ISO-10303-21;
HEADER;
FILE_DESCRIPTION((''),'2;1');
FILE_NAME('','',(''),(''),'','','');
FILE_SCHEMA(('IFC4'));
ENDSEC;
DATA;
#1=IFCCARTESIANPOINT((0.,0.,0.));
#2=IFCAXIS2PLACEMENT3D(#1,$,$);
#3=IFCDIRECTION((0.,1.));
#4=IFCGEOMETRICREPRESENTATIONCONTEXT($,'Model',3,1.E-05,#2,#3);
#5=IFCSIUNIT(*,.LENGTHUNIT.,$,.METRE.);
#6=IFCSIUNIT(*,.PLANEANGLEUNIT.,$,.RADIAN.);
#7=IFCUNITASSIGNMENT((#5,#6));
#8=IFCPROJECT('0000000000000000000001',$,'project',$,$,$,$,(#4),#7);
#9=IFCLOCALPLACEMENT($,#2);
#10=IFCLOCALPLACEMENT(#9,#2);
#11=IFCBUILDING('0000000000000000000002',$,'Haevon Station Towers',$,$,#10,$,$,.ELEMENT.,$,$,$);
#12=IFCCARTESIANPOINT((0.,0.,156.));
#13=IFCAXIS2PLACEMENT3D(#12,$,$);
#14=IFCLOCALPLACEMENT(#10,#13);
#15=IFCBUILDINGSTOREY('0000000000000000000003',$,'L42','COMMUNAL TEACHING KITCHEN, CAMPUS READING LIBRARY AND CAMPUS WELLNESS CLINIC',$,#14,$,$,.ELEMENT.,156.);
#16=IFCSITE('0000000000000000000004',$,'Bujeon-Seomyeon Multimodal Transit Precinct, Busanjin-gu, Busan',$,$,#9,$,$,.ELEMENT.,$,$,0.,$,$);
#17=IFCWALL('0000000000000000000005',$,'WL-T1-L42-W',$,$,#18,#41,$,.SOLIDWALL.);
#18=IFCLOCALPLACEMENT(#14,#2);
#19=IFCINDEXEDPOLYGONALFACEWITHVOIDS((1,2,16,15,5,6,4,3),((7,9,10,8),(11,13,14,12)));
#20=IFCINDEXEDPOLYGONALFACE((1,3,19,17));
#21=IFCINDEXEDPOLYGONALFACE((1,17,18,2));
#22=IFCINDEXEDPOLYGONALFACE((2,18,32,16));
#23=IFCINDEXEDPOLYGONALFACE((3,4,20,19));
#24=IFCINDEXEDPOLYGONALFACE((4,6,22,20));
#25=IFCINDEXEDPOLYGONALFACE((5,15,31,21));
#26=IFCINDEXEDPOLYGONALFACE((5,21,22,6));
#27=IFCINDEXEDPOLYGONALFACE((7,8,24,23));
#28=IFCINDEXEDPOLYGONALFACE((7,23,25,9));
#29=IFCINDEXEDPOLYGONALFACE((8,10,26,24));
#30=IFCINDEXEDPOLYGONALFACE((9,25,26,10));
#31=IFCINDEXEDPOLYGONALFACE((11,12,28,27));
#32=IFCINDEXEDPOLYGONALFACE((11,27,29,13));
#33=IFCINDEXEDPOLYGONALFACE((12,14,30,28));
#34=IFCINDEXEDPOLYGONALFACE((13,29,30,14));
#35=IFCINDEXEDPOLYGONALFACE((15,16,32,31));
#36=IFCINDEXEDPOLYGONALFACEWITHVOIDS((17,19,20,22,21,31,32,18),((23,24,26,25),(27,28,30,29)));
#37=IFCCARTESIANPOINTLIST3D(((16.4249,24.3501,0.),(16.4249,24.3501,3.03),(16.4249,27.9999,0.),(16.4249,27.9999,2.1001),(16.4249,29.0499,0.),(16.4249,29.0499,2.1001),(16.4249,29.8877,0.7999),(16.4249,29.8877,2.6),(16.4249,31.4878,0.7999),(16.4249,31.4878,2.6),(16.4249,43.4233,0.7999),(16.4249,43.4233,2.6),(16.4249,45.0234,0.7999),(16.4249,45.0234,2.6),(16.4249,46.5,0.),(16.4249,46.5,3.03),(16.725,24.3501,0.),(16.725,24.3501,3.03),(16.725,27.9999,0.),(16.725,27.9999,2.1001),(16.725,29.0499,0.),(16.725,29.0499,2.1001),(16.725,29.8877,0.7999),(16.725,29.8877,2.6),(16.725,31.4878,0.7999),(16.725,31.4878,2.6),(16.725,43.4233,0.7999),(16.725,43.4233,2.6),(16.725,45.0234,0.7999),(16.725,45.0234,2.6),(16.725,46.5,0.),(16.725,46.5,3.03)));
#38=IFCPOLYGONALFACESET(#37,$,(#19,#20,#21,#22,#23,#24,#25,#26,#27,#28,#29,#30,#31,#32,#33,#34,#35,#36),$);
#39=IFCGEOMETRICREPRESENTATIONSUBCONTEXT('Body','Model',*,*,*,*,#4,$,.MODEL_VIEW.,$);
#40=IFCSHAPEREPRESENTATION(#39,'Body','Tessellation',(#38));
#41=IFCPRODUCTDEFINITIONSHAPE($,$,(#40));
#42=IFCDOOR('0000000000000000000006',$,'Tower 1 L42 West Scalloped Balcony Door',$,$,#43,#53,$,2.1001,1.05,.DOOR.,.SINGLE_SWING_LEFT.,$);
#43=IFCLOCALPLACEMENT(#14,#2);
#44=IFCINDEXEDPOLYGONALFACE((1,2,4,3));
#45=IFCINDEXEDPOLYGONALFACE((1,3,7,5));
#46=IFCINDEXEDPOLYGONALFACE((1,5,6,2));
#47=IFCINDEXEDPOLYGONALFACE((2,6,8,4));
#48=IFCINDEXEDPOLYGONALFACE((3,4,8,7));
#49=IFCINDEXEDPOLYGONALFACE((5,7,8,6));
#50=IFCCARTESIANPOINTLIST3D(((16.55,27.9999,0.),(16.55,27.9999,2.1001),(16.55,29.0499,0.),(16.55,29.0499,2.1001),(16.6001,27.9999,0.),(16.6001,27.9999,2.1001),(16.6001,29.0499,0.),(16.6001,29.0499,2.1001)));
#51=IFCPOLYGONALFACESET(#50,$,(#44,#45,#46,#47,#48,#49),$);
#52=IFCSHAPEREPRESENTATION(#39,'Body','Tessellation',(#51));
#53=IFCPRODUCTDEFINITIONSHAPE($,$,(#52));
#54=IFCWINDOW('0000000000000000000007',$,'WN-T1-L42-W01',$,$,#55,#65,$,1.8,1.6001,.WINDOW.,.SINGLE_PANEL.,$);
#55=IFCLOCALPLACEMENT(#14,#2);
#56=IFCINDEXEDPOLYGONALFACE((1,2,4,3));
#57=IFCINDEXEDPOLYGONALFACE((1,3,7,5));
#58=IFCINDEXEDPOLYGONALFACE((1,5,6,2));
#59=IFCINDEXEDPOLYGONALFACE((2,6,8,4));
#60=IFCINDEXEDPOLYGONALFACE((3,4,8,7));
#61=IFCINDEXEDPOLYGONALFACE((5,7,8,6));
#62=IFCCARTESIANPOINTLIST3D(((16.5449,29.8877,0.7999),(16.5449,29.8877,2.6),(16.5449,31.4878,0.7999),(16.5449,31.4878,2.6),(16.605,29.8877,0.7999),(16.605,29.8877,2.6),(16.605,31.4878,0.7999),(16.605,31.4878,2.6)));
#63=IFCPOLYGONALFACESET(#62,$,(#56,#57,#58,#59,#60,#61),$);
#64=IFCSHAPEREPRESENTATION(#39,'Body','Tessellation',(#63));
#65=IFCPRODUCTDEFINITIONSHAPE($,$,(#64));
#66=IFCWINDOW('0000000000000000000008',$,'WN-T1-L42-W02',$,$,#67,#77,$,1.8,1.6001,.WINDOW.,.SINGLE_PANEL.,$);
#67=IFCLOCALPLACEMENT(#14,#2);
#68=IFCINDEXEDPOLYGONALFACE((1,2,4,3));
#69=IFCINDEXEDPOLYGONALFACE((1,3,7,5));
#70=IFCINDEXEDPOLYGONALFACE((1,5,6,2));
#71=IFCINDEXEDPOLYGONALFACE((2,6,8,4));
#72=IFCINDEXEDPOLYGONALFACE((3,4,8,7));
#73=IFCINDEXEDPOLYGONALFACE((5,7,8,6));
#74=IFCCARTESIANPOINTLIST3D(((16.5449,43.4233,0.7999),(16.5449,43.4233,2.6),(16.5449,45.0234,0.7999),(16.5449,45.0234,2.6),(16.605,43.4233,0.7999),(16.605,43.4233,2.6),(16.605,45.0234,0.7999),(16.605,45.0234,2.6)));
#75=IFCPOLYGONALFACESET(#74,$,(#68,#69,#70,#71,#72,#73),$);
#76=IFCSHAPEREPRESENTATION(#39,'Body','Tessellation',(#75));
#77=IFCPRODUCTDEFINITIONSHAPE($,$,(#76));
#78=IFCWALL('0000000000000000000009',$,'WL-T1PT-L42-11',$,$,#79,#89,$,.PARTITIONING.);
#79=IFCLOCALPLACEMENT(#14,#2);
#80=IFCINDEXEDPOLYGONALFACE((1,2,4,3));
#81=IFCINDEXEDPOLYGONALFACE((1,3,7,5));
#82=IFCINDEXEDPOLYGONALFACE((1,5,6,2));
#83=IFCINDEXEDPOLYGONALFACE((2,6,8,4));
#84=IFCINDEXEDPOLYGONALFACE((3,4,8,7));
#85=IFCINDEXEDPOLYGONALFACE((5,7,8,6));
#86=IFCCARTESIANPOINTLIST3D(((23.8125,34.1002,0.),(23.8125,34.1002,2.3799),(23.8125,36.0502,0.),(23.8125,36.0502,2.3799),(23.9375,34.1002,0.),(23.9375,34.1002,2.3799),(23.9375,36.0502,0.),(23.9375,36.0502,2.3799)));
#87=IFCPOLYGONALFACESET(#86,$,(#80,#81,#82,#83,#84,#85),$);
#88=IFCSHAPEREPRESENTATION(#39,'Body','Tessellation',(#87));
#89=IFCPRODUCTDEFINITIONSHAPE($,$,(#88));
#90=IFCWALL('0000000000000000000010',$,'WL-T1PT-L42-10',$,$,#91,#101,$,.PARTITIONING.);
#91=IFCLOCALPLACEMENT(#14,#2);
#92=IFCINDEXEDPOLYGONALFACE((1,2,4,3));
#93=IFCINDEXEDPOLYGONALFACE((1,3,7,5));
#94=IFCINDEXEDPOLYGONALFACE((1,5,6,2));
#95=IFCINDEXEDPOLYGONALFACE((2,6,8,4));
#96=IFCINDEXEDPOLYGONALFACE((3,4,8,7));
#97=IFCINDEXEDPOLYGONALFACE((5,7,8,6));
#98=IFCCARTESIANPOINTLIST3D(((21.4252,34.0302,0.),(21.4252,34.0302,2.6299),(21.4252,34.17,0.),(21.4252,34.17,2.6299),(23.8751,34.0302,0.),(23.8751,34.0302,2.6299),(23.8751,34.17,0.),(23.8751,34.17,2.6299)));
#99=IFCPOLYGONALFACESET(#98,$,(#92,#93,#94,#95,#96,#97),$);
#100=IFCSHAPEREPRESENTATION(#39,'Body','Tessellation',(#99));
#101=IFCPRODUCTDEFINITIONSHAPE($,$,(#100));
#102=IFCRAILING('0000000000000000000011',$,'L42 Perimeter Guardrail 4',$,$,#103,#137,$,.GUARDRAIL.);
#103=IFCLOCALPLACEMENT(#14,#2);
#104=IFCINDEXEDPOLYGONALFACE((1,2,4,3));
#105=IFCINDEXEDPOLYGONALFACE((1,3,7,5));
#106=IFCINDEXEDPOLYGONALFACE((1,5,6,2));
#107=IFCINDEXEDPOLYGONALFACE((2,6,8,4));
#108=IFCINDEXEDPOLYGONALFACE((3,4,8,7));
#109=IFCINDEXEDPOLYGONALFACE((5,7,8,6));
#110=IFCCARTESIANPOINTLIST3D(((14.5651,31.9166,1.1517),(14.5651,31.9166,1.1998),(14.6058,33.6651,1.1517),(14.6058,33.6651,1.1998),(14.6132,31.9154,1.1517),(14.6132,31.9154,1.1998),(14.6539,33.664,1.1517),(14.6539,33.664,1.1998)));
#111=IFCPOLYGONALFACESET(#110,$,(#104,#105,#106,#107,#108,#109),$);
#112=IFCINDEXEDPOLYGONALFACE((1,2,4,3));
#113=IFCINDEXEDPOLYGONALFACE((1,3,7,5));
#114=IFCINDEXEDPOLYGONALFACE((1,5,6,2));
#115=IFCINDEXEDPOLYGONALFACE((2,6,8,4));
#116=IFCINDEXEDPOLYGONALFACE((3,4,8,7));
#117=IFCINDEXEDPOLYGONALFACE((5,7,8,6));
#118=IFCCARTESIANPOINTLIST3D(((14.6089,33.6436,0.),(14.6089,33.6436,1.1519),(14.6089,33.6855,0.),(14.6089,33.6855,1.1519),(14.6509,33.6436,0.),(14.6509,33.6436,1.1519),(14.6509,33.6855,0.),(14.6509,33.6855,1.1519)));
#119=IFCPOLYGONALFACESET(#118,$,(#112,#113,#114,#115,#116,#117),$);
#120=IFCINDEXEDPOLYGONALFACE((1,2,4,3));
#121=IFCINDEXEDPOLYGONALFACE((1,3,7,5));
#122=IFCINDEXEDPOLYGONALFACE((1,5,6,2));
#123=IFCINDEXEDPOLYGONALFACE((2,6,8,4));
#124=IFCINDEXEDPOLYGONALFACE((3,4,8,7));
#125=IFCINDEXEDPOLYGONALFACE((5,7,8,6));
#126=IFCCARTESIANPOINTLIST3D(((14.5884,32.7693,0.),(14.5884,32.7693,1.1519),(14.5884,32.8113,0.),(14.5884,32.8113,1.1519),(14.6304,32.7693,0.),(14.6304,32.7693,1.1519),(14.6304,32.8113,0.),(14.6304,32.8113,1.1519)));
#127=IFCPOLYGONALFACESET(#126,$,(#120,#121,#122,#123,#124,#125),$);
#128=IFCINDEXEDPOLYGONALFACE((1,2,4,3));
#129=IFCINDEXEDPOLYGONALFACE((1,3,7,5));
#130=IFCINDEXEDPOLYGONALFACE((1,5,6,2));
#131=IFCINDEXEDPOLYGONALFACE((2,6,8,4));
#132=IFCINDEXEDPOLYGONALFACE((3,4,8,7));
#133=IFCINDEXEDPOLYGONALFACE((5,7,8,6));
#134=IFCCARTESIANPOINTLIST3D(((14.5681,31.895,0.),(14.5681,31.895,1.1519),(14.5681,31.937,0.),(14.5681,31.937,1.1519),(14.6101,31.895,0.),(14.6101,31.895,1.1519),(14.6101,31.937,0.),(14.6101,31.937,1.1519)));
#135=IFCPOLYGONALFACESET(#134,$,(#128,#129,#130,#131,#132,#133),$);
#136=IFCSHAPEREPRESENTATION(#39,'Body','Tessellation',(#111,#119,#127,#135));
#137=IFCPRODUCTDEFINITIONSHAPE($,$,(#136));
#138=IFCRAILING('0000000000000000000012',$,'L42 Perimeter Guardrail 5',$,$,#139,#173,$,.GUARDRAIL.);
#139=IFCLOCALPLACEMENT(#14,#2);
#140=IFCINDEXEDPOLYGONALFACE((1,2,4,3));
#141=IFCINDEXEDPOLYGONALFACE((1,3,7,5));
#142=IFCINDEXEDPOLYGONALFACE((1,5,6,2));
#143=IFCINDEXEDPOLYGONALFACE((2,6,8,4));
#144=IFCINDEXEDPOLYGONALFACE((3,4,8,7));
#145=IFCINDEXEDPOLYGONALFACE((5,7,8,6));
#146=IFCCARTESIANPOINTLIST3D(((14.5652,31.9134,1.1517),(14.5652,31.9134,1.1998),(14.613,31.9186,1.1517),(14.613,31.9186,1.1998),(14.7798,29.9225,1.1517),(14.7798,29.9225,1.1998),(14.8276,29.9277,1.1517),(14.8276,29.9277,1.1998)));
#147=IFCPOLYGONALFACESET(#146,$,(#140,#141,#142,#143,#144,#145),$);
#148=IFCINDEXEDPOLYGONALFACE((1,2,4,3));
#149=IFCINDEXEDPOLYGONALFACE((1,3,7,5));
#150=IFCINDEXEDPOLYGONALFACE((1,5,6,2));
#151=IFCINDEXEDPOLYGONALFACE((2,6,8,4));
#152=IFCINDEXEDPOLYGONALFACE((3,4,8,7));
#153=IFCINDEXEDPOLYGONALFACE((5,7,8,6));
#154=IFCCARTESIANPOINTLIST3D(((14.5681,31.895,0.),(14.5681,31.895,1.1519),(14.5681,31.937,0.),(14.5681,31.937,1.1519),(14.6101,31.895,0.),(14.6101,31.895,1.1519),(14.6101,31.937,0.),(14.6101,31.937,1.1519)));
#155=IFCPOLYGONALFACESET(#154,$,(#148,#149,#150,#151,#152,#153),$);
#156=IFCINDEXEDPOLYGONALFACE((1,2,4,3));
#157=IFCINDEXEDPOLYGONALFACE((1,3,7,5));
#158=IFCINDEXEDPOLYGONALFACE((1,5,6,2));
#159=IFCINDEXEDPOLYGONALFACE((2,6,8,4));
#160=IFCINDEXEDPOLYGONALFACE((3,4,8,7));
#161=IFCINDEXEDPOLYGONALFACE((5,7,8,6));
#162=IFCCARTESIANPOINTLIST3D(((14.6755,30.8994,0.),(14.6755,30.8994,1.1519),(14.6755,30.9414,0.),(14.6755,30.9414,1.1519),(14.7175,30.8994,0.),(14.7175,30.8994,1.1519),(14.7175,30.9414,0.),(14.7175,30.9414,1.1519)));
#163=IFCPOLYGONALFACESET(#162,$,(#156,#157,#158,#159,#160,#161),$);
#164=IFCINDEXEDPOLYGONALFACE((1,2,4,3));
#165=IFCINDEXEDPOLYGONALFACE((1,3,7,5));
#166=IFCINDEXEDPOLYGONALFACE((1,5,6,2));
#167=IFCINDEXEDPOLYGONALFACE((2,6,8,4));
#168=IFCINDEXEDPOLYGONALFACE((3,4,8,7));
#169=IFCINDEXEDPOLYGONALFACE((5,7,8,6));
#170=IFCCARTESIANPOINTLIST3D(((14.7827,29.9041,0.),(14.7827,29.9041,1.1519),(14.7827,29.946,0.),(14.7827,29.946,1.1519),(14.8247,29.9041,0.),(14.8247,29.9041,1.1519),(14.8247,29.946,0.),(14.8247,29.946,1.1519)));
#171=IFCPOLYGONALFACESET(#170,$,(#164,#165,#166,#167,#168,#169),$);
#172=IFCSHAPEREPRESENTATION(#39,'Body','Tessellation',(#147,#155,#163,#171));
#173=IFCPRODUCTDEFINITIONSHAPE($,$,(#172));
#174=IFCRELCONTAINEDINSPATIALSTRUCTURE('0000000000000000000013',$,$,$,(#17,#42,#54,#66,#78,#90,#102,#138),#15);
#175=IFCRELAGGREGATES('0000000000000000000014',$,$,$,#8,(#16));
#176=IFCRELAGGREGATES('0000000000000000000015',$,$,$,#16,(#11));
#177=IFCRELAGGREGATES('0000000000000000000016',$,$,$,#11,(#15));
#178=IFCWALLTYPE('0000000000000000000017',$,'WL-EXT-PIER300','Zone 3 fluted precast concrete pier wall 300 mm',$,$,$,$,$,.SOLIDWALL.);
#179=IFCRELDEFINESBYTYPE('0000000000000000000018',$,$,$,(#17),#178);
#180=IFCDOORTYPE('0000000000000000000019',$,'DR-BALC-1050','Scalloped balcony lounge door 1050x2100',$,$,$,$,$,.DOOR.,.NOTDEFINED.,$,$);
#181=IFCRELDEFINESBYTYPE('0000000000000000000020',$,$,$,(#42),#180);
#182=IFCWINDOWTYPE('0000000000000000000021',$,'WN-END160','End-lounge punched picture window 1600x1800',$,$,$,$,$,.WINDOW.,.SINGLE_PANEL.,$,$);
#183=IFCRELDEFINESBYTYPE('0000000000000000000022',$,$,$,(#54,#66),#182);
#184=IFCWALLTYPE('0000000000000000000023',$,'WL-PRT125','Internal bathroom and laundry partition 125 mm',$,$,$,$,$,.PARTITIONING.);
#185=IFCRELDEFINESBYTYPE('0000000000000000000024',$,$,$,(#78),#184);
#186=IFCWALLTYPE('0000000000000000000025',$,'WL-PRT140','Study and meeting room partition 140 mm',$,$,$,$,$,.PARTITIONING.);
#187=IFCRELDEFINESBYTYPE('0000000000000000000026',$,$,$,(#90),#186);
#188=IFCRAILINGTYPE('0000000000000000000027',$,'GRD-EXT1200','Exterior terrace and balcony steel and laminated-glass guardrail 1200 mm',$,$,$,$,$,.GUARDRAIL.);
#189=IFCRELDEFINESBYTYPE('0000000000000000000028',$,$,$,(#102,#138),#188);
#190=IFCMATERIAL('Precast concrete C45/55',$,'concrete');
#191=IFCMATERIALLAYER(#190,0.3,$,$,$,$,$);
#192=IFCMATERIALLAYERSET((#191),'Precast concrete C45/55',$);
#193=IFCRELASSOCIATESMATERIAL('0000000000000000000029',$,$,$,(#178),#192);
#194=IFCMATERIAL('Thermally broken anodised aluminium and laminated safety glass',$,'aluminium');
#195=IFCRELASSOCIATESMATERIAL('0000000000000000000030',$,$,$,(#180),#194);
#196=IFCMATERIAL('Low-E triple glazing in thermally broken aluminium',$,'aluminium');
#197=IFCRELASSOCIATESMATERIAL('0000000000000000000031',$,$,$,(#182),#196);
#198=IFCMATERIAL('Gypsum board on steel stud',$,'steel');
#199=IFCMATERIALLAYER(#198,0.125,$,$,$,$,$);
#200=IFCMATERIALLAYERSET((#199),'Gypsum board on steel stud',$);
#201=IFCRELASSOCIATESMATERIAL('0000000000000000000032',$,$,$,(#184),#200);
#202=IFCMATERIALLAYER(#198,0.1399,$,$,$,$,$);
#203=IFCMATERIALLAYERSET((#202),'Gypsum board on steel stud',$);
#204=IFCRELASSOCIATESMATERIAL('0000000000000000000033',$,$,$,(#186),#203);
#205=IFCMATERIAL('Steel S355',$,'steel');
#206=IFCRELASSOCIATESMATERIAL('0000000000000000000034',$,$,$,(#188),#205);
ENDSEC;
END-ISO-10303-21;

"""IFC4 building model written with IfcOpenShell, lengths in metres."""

from ifc_helpers import new_model, si_unit, direction, frame, frame_2d, origin, origin_2d, place, context, subcontext, project, spatial, rectangle, extrude, material, layer, layer_set, type_object, element, fill, save


model = new_model("IFC4")

# Units and contexts
model_context = context("Model", 3, precision=1e-05, world=origin(), true_north=direction((0.0, 1.0)))
body_context = subcontext(model_context, "Body", "Model", "MODEL_VIEW")
ifc_project = project(units=[si_unit("LENGTHUNIT", "METRE"), si_unit("PLANEANGLEUNIT", "RADIAN")], contexts=[model_context])

# Site, building, storey
site_placement = place(None, origin())
site = spatial("IfcSite", under=ifc_project, at=site_placement, Name="Bujeon-Seomyeon Multimodal Transit Precinct, Busanjin-gu, Busan", CompositionType="ELEMENT", RefElevation=0.0)
building_placement = place(site_placement, origin())
building = spatial("IfcBuilding", under=site, at=building_placement, Name="Haevon Station Towers", CompositionType="ELEMENT")
storey_placement = place(building_placement, frame((0.0, 0.0, 156.0)))
storey = spatial("IfcBuildingStorey", under=building, at=storey_placement, Name="L42", Description="COMMUNAL TEACHING KITCHEN, CAMPUS READING LIBRARY AND CAMPUS WELLNESS CLINIC", CompositionType="ELEMENT", Elevation=156.0)

# Shared definitions
ifc_material_1 = material(Name="Steel S355", Category="steel")

# Wall, openings, door, windows
ifc_material_2 = material(Name="Precast concrete C45/55", Category="concrete")
ifc_layer_1 = layer(ifc_material_2, 0.3)
ifc_layer_set_1 = layer_set([ifc_layer_1], Name="Precast concrete C45/55")
wall_type_1 = type_object("IfcWallType", Name="WL-EXT-PIER300", Description="Zone 3 fluted precast concrete pier wall 300 mm", PredefinedType="SOLIDWALL", material=ifc_layer_set_1)
wall_1_placement = place(storey_placement, frame((16.575, 24.3501, 0.0), z_axis=(0.0, 0.0, 1.0), x_axis=(0.0, 1.0, 0.0)))
wall_1 = element("IfcWall", 1, at=wall_1_placement, inside=storey, type_object=wall_type_1, Name="WL-T1-L42-W", PredefinedType="SOLIDWALL", context=body_context, shape_type="SweptSolid", body=[
    extrude(rectangle(XDim=22.1499, YDim=0.3, at=frame_2d((11.075, 0.0))), origin(), (0.0, 0.0, 1.0), 3.03),
])
opening_1_placement = place(wall_1_placement, frame((3.6499, 0.0, 0.0)))
opening_1 = element("IfcOpeningElement", 2, at=opening_1_placement, cuts=wall_1, PredefinedType="OPENING", context=body_context, shape_type="SweptSolid", body=[
    extrude(rectangle(XDim=1.05, YDim=2.1001, at=frame_2d((0.5249, 1.05))), frame((0.0, 0.1599, 0.0), z_axis=(0.0, -1.0, 0.0), x_axis=(1.0, 0.0, 0.0)), (0.0, 0.0, 1.0), 0.3201),
])
opening_2_placement = place(wall_1_placement, frame((5.5376, 0.0, 0.8)))
opening_2 = element("IfcOpeningElement", 3, at=opening_2_placement, cuts=wall_1, PredefinedType="OPENING", context=body_context, shape_type="SweptSolid", body=[
    extrude(rectangle(XDim=1.6001, YDim=1.8, at=frame_2d((0.8, 0.8999))), frame((0.0, 0.1599, 0.0), z_axis=(0.0, -1.0, 0.0), x_axis=(1.0, 0.0, 0.0)), (0.0, 0.0, 1.0), 0.3201),
])
opening_3_placement = place(wall_1_placement, frame((19.0732, 0.0, 0.8)))
opening_3 = element("IfcOpeningElement", 4, at=opening_3_placement, cuts=wall_1, PredefinedType="OPENING", context=body_context, shape_type="SweptSolid", body=[
    extrude(rectangle(XDim=1.6001, YDim=1.8, at=frame_2d((0.8, 0.8999))), frame((0.0, 0.1599, 0.0), z_axis=(0.0, -1.0, 0.0), x_axis=(1.0, 0.0, 0.0)), (0.0, 0.0, 1.0), 0.3201),
])
ifc_material_3 = material(Name="Thermally broken anodised aluminium and laminated safety glass", Category="aluminium")
door_type = type_object("IfcDoorType", Name="DR-BALC-1050", Description="Scalloped balcony lounge door 1050x2100", OperationType="NOTDEFINED", PredefinedType="DOOR", material=ifc_material_3)
door_placement = place(opening_1_placement, origin())
door = element("IfcDoor", 5, at=door_placement, inside=storey, type_object=door_type, Name="Tower 1 L42 West Scalloped Balcony Door", OperationType="SINGLE_SWING_LEFT", OverallHeight=2.1001, OverallWidth=1.05, PredefinedType="DOOR", context=body_context, shape_type="SweptSolid", body=[
    extrude(rectangle(XDim=1.05, YDim=2.1001, at=frame_2d((0.5249, 1.05))), frame((0.0, 0.0249, 0.0), z_axis=(0.0, -1.0, 0.0), x_axis=(1.0, 0.0, 0.0)), (0.0, 0.0, 1.0), 0.05),
])
fill(opening_1, door)
ifc_material_4 = material(Name="Low-E triple glazing in thermally broken aluminium", Category="aluminium")
window_type = type_object("IfcWindowType", Name="WN-END160", Description="End-lounge punched picture window 1600x1800", PartitioningType="SINGLE_PANEL", PredefinedType="WINDOW", material=ifc_material_4)
window_1_placement = place(opening_2_placement, origin())
window_1 = element("IfcWindow", 6, at=window_1_placement, inside=storey, type_object=window_type, Name="WN-T1-L42-W01", OverallHeight=1.8, OverallWidth=1.6001, PartitioningType="SINGLE_PANEL", PredefinedType="WINDOW", context=body_context, shape_type="SweptSolid", body=[
    extrude(rectangle(XDim=1.6001, YDim=1.8, at=frame_2d((0.8, 0.8999))), frame((0.0, 0.03, 0.0), z_axis=(0.0, -1.0, 0.0), x_axis=(1.0, 0.0, 0.0)), (0.0, 0.0, 1.0), 0.0601),
])
fill(opening_2, window_1)
window_2_placement = place(opening_3_placement, origin())
window_2 = element("IfcWindow", 7, at=window_2_placement, inside=storey, type_object=window_type, Name="WN-T1-L42-W02", OverallHeight=1.8, OverallWidth=1.6001, PartitioningType="SINGLE_PANEL", PredefinedType="WINDOW", context=body_context, shape_type="SweptSolid", body=[
    extrude(rectangle(XDim=1.6001, YDim=1.8, at=frame_2d((0.8, 0.8999))), frame((0.0, 0.03, 0.0), z_axis=(0.0, -1.0, 0.0), x_axis=(1.0, 0.0, 0.0)), (0.0, 0.0, 1.0), 0.0601),
])
fill(opening_3, window_2)

# Walls
ifc_material_5 = material(Name="Gypsum board on steel stud", Category="steel")
ifc_layer_2 = layer(ifc_material_5, 0.125)
ifc_layer_set_2 = layer_set([ifc_layer_2], Name="Gypsum board on steel stud")
wall_type_2 = type_object("IfcWallType", Name="WL-PRT125", Description="Internal bathroom and laundry partition 125 mm", PredefinedType="PARTITIONING", material=ifc_layer_set_2)
wall_2_placement = place(storey_placement, frame((23.875, 34.1001, 0.0), z_axis=(0.0, 0.0, 1.0), x_axis=(0.0, 1.0, 0.0)))
element("IfcWall", 8, at=wall_2_placement, inside=storey, type_object=wall_type_2, Name="WL-T1PT-L42-11", PredefinedType="PARTITIONING", context=body_context, shape_type="SweptSolid", body=[
    extrude(rectangle(XDim=1.95, YDim=0.125, at=frame_2d((0.9751, 0.0))), origin(), (0.0, 0.0, 1.0), 2.3799),
])
ifc_layer_3 = layer(ifc_material_5, 0.1399)
ifc_layer_set_3 = layer_set([ifc_layer_3], Name="Gypsum board on steel stud")
wall_type_3 = type_object("IfcWallType", Name="WL-PRT140", Description="Study and meeting room partition 140 mm", PredefinedType="PARTITIONING", material=ifc_layer_set_3)
wall_3_placement = place(storey_placement, frame((21.425, 34.1001, 0.0), z_axis=(0.0, 0.0, 1.0), x_axis=(1.0, 0.0, 0.0)))
element("IfcWall", 9, at=wall_3_placement, inside=storey, type_object=wall_type_3, Name="WL-T1PT-L42-10", PredefinedType="PARTITIONING", context=body_context, shape_type="SweptSolid", body=[
    extrude(rectangle(XDim=2.45, YDim=0.1399, at=frame_2d((1.2251, 0.0))), origin(), (0.0, 0.0, 1.0), 2.6299),
])

# Railings
railing_type = type_object("IfcRailingType", Name="GRD-EXT1200", Description="Exterior terrace and balcony steel and laminated-glass guardrail 1200 mm", PredefinedType="GUARDRAIL", material=ifc_material_1)
railing_1_placement = place(storey_placement, frame((14.6299, 33.6646, 0.0)))
element("IfcRailing", 10, at=railing_1_placement, inside=storey, type_object=railing_type, Name="L42 Perimeter Guardrail 4", PredefinedType="GUARDRAIL", context=body_context, shape_type="SweptSolid", body=[
    extrude(rectangle(XDim=0.0481, YDim=0.0481, at=origin_2d()), frame((0.0, 0.0, 1.1758), z_axis=(-0.023311, -0.999728, 0.0), x_axis=(0.999728, -0.023311, 0.0)), (0.0, 0.0, 1.0), 1.749),
    extrude(rectangle(XDim=0.042, YDim=0.042, at=origin_2d()), origin(), (0.0, 0.0, 1.0), 1.1519),
    extrude(rectangle(XDim=0.042, YDim=0.042, at=origin_2d()), frame((-0.0205, -0.8743, 0.0)), (0.0, 0.0, 1.0), 1.1519),
    extrude(rectangle(XDim=0.042, YDim=0.042, at=origin_2d()), frame((-0.0408, -1.7485, 0.0)), (0.0, 0.0, 1.0), 1.1519),
])
railing_2_placement = place(storey_placement, frame((14.5891, 31.916, 0.0)))
element("IfcRailing", 11, at=railing_2_placement, inside=storey, type_object=railing_type, Name="L42 Perimeter Guardrail 5", PredefinedType="GUARDRAIL", context=body_context, shape_type="SweptSolid", body=[
    extrude(rectangle(XDim=0.0481, YDim=0.0481, at=origin_2d()), frame((0.0, 0.0, 1.1758), z_axis=(0.107166, -0.994241, 0.0), x_axis=(0.994241, 0.107166, 0.0)), (0.0, 0.0, 1.0), 2.0024),
    extrude(rectangle(XDim=0.042, YDim=0.042, at=origin_2d()), origin(), (0.0, 0.0, 1.0), 1.1519),
    extrude(rectangle(XDim=0.042, YDim=0.042, at=origin_2d()), frame((0.1074, -0.9956, 0.0)), (0.0, 0.0, 1.0), 1.1519),
    extrude(rectangle(XDim=0.042, YDim=0.042, at=origin_2d()), frame((0.2146, -1.991, 0.0)), (0.0, 0.0, 1.0), 1.1519),
])

save(model, "model.ifc")
